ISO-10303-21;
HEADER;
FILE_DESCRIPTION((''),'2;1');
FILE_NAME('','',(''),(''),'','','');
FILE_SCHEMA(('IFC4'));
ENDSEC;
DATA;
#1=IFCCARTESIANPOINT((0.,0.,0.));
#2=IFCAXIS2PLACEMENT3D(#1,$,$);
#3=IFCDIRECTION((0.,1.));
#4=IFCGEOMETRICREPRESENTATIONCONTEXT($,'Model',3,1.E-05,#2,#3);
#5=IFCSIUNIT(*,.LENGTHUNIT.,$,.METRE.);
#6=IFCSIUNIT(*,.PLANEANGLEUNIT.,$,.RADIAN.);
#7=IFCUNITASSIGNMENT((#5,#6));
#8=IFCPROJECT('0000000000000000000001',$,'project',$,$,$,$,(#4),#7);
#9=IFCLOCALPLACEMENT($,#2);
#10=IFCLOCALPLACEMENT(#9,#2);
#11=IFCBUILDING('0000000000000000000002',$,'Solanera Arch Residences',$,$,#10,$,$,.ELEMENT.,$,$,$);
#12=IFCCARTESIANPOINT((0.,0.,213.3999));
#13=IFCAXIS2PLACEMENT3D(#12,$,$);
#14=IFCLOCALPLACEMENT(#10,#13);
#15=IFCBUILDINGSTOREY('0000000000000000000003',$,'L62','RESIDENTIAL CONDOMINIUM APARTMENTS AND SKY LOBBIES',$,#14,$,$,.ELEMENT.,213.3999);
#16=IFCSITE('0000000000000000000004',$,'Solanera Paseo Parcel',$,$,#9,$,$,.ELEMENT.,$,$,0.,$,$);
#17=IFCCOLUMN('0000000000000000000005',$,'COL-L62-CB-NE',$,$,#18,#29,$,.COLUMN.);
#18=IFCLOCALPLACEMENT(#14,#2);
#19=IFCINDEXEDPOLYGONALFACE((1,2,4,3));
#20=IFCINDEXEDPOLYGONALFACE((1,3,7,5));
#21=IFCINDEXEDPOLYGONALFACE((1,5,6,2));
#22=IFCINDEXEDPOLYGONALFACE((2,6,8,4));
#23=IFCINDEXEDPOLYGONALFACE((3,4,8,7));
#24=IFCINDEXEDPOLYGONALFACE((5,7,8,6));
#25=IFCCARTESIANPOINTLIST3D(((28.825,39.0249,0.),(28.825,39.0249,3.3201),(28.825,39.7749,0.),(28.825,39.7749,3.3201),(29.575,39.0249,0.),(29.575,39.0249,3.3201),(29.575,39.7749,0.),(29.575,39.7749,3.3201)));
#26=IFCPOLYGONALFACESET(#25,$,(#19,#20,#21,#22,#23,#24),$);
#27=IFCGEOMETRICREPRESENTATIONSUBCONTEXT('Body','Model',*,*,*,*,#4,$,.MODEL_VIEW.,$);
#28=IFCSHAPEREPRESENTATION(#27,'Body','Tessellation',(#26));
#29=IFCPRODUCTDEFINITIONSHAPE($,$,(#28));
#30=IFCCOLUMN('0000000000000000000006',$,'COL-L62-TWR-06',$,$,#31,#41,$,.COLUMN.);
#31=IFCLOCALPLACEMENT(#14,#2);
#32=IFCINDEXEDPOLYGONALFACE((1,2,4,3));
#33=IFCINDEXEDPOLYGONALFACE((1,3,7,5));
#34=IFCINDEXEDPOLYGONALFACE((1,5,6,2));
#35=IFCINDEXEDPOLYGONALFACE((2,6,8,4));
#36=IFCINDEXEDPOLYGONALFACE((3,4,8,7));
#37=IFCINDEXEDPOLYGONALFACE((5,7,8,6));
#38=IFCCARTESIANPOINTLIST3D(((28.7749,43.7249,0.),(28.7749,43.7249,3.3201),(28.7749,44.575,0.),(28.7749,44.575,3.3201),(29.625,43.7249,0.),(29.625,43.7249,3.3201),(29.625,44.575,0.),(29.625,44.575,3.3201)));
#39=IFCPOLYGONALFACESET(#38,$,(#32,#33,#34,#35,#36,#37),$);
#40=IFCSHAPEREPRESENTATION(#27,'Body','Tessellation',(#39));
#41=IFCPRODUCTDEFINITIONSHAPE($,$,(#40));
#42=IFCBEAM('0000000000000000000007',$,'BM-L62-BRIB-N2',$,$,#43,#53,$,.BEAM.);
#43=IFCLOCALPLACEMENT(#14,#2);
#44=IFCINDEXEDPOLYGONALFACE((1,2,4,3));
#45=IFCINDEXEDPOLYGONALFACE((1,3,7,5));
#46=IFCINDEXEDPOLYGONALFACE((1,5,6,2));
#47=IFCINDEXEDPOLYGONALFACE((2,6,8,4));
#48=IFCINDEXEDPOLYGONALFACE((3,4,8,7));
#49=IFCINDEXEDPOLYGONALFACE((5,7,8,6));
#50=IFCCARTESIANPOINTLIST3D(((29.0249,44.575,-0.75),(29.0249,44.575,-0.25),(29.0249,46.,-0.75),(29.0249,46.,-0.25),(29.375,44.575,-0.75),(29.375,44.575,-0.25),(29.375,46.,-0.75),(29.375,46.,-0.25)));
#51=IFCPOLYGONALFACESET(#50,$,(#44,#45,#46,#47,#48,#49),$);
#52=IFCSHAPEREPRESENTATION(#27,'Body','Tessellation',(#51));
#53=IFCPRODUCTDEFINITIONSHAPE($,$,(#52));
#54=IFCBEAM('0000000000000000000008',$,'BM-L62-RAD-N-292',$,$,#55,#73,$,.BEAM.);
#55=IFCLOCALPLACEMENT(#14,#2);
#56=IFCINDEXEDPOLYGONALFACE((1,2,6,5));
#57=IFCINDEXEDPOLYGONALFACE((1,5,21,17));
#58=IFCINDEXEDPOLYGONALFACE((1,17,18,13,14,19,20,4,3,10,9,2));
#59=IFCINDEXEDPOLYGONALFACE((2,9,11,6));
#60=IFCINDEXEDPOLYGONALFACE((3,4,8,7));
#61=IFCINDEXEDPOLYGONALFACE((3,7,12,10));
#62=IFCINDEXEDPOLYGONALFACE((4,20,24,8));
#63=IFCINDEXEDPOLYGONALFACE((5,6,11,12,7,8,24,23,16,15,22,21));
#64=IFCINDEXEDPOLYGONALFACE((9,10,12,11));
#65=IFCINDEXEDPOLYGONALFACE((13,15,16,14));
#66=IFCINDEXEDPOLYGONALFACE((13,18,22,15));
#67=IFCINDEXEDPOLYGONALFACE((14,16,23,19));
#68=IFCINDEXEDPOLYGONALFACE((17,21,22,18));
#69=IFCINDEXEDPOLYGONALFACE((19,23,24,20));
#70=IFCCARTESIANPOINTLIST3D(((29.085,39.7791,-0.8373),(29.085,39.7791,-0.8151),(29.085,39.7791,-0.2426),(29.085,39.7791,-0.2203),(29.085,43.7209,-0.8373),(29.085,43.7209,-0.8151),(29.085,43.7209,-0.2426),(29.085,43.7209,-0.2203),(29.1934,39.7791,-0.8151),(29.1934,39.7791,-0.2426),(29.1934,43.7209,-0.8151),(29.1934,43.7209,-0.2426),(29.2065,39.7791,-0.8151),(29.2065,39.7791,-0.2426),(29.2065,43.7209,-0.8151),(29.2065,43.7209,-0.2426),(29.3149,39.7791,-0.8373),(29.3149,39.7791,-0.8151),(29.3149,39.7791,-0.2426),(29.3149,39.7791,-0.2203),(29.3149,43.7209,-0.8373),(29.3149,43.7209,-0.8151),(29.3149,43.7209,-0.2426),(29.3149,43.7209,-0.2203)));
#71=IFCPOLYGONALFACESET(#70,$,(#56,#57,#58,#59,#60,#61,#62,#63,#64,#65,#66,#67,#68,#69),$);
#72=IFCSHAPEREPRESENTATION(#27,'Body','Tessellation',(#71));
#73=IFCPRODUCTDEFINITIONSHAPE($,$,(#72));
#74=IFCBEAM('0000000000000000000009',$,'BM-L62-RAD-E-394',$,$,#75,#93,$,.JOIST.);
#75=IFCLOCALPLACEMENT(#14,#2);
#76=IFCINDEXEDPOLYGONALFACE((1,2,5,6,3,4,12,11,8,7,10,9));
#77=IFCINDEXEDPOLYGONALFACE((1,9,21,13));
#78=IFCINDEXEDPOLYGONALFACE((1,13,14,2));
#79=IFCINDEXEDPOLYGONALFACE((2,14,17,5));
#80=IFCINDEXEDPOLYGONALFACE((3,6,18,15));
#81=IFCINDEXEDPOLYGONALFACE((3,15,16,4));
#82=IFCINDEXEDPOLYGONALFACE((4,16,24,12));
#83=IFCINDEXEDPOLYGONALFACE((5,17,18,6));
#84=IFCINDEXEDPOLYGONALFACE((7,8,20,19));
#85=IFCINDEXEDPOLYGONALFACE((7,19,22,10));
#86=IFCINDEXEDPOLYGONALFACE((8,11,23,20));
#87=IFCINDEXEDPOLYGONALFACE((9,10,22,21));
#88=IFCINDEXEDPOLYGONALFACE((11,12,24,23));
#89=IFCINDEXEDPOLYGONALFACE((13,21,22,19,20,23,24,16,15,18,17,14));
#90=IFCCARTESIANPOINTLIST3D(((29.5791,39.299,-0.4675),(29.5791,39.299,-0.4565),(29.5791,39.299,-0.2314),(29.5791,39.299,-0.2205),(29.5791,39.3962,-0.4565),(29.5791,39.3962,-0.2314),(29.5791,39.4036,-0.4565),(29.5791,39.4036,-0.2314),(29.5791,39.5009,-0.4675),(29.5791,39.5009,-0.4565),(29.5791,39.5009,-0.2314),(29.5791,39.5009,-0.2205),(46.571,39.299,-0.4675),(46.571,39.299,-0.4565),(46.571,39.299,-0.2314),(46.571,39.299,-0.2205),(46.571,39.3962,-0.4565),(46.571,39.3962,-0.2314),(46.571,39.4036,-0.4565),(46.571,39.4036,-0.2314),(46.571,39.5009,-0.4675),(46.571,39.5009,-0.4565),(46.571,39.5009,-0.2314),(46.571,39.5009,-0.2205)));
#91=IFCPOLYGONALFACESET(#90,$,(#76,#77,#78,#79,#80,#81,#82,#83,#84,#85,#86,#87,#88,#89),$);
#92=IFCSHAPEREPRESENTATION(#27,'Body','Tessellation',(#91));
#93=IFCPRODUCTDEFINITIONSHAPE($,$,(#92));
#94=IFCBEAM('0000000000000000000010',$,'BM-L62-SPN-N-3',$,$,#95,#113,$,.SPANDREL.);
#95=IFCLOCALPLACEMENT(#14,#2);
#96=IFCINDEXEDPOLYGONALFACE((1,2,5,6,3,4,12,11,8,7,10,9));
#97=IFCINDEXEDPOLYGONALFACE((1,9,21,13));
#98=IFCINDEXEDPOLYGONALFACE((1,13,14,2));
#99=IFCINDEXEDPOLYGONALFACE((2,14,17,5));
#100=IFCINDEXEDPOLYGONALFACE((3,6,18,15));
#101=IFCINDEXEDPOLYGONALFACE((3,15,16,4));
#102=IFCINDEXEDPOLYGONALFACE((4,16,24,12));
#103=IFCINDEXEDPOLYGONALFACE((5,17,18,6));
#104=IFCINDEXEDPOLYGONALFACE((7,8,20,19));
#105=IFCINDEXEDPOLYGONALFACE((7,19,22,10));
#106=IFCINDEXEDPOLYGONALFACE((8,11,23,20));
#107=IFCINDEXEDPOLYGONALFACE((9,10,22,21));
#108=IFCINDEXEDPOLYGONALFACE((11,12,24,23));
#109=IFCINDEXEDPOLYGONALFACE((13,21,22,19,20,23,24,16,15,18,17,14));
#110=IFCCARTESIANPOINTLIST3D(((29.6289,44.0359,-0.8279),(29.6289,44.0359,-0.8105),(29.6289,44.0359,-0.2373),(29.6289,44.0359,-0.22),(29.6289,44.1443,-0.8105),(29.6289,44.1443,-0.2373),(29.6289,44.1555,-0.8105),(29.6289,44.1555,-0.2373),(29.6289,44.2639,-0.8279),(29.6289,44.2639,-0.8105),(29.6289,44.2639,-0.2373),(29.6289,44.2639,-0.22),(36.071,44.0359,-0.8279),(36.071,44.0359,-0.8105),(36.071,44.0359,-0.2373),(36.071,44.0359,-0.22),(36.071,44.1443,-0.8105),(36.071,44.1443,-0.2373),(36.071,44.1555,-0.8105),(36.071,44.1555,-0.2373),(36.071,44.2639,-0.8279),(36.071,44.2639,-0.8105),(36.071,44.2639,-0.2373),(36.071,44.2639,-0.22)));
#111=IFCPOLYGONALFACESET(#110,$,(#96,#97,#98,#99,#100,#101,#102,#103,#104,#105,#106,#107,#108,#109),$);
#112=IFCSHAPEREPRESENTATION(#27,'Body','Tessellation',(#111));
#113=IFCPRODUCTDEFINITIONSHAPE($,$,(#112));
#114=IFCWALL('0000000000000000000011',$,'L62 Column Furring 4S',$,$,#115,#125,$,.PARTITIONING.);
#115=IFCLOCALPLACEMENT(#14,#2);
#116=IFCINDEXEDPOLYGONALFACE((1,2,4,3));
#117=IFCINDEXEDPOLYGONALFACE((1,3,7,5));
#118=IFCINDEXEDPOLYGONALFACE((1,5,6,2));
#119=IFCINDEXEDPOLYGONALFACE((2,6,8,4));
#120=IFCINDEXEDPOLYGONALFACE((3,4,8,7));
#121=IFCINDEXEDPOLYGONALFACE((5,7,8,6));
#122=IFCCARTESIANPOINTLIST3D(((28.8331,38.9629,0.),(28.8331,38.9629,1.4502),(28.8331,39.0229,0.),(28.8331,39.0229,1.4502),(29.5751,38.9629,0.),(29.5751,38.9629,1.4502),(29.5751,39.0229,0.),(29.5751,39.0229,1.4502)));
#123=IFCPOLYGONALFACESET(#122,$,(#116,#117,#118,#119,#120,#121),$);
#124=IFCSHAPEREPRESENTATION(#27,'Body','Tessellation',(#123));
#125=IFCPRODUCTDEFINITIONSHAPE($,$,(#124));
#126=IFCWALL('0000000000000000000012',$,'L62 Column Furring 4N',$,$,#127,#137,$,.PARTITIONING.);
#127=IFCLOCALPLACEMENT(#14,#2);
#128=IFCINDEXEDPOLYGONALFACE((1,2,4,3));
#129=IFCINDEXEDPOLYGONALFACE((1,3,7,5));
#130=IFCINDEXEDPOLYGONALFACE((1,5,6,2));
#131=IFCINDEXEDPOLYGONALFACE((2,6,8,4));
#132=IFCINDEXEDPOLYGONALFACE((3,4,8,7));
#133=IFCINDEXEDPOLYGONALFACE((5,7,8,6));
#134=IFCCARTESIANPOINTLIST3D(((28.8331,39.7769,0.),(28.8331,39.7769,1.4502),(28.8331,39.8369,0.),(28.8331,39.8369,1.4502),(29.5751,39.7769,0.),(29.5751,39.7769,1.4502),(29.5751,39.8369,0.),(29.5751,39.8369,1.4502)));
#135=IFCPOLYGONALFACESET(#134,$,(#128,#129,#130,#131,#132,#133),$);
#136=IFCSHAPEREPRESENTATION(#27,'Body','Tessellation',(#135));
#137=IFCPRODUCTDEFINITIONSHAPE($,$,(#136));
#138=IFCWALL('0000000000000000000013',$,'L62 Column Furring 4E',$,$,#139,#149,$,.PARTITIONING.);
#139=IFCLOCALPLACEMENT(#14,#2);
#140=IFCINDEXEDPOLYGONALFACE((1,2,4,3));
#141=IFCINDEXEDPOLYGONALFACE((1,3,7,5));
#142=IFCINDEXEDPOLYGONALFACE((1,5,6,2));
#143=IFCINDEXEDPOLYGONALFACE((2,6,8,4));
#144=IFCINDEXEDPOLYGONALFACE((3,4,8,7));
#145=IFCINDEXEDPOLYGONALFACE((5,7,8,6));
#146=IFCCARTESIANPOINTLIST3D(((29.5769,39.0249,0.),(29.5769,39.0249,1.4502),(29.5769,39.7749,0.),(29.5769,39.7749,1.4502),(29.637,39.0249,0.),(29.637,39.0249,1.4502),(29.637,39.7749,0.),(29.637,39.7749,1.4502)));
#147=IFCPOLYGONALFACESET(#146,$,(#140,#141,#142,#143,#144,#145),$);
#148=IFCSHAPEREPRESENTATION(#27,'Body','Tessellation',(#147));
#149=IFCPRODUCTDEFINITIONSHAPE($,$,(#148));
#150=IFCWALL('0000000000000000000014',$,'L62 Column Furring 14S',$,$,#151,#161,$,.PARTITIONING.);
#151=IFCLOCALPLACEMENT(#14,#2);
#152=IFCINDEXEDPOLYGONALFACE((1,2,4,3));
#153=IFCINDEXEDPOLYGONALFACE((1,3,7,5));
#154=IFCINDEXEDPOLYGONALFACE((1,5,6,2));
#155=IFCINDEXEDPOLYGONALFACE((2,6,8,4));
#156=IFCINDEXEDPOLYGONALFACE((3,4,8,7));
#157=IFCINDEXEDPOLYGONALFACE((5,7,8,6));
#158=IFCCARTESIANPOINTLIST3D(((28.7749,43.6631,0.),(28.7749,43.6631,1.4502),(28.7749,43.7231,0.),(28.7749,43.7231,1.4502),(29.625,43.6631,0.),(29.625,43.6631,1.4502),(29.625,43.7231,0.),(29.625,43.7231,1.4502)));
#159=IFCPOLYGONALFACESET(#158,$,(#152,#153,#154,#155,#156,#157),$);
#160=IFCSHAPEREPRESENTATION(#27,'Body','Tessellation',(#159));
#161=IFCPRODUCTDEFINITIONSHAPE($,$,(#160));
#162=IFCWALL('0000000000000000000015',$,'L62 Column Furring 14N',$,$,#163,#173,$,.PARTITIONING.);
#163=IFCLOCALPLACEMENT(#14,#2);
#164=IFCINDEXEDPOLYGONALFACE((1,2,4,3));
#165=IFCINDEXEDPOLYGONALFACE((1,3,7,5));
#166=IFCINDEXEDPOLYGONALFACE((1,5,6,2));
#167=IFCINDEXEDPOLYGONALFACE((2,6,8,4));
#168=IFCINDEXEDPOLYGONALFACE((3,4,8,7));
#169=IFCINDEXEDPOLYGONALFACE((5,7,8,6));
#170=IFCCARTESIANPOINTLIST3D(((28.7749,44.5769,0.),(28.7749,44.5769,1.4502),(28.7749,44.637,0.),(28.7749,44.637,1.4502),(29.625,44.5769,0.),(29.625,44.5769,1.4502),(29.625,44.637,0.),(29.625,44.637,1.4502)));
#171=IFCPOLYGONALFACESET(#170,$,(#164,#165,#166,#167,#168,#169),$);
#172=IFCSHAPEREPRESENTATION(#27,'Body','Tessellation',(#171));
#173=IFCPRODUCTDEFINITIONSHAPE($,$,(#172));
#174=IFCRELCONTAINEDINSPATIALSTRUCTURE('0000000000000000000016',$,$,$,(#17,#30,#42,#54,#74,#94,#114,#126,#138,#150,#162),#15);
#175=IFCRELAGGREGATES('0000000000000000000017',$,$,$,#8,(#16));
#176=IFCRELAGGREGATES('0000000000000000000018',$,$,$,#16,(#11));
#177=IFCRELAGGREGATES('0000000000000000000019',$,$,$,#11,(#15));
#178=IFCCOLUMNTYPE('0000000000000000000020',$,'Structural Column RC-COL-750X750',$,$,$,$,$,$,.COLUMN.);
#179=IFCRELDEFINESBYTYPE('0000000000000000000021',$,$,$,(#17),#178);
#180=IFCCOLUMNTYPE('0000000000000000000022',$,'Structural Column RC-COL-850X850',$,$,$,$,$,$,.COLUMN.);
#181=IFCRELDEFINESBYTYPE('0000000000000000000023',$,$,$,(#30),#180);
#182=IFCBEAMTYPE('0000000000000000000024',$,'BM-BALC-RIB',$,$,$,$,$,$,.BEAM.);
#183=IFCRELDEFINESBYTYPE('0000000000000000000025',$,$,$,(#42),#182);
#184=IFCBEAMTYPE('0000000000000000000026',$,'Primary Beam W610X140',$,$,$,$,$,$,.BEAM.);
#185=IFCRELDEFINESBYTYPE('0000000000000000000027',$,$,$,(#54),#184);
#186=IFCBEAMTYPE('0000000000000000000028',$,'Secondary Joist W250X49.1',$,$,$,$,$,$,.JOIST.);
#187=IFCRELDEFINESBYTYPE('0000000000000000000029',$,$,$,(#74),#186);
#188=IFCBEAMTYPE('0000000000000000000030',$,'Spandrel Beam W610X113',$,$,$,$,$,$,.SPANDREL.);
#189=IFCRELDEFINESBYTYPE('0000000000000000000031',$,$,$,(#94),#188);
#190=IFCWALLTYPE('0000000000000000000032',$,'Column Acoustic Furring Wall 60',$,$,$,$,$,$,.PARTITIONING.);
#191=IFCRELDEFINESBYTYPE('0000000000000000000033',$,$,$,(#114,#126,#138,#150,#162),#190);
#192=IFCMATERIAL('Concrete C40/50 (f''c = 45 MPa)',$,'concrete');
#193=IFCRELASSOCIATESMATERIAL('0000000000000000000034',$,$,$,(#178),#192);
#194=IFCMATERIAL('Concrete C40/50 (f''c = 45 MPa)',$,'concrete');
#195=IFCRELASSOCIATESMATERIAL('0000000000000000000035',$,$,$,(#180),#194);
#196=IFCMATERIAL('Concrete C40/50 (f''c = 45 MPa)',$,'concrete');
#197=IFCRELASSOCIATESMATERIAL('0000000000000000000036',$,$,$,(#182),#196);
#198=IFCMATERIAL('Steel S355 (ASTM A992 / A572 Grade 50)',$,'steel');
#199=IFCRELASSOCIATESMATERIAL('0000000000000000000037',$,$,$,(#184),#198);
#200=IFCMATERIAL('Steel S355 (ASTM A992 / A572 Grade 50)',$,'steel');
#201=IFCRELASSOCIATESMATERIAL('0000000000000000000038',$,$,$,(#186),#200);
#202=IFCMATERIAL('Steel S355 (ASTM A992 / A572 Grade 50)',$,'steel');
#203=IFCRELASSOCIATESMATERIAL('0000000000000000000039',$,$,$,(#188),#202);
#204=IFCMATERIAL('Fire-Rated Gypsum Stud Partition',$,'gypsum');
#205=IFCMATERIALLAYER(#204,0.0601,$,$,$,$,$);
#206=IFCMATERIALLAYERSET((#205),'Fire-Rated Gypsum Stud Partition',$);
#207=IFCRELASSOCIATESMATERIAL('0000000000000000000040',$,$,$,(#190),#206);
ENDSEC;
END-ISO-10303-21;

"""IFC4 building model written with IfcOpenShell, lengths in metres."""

from ifc_helpers import new_model, si_unit, direction, frame, frame_2d, origin, origin_2d, place, context, subcontext, project, spatial, rectangle, i_section, extrude, material, layer, layer_set, material_profile, profile_set, type_object, element, save


model = new_model("IFC4")

# Units and contexts
model_context = context("Model", 3, precision=1e-05, world=origin(), true_north=direction((0.0, 1.0)))
body_context = subcontext(model_context, "Body", "Model", "MODEL_VIEW")
ifc_project = project(units=[si_unit("LENGTHUNIT", "METRE"), si_unit("PLANEANGLEUNIT", "RADIAN")], contexts=[model_context])

# Site, building, storey
site_placement = place(None, origin())
site = spatial("IfcSite", under=ifc_project, at=site_placement, Name="Solanera Paseo Parcel", CompositionType="ELEMENT", RefElevation=0.0)
building_placement = place(site_placement, origin())
building = spatial("IfcBuilding", under=site, at=building_placement, Name="Solanera Arch Residences", CompositionType="ELEMENT")
storey_placement = place(building_placement, frame((0.0, 0.0, 213.3999)))
storey = spatial("IfcBuildingStorey", under=building, at=storey_placement, Name="L62", Description="RESIDENTIAL CONDOMINIUM APARTMENTS AND SKY LOBBIES", CompositionType="ELEMENT", Elevation=213.3999)

# Columns
ifc_material_1 = material(Name="Concrete C40/50 (f'c = 45 MPa)", Category="concrete")
ifc_material_profile_1 = material_profile(ifc_material_1, rectangle(XDim=0.75, YDim=0.75, at=origin_2d()))
ifc_profile_set_1 = profile_set([ifc_material_profile_1], Name="Concrete C40/50 (f'c = 45 MPa)")
column_type_1 = type_object("IfcColumnType", Name="Structural Column RC-COL-750X750", PredefinedType="COLUMN", material=ifc_profile_set_1)
column_1_placement = place(storey_placement, frame((29.2, 39.3999, 0.0), z_axis=(0.0, 0.0, 1.0), x_axis=(1.0, 0.0, 0.0)))
element("IfcColumn", 1, at=column_1_placement, inside=storey, type_object=column_type_1, Name="COL-L62-CB-NE", PredefinedType="COLUMN", context=body_context, shape_type="SweptSolid", body=[
    extrude(rectangle(XDim=0.75, YDim=0.75, at=origin_2d()), origin(), (0.0, 0.0, 1.0), 3.3201),
])
ifc_material_2 = material(Name="Concrete C40/50 (f'c = 45 MPa)", Category="concrete")
ifc_material_profile_2 = material_profile(ifc_material_2, rectangle(XDim=0.8501, YDim=0.8501, at=origin_2d()))
ifc_profile_set_2 = profile_set([ifc_material_profile_2], Name="Concrete C40/50 (f'c = 45 MPa)")
column_type_2 = type_object("IfcColumnType", Name="Structural Column RC-COL-850X850", PredefinedType="COLUMN", material=ifc_profile_set_2)
column_2_placement = place(storey_placement, frame((29.2, 44.1499, 0.0), z_axis=(0.0, 0.0, 1.0), x_axis=(1.0, 0.0, 0.0)))
element("IfcColumn", 2, at=column_2_placement, inside=storey, type_object=column_type_2, Name="COL-L62-TWR-06", PredefinedType="COLUMN", context=body_context, shape_type="SweptSolid", body=[
    extrude(rectangle(XDim=0.8501, YDim=0.8501, at=origin_2d()), origin(), (0.0, 0.0, 1.0), 3.3201),
])

# Beams
ifc_material_3 = material(Name="Concrete C40/50 (f'c = 45 MPa)", Category="concrete")
ifc_material_profile_3 = material_profile(ifc_material_3, rectangle(XDim=0.3501, YDim=0.5, at=origin_2d()))
ifc_profile_set_3 = profile_set([ifc_material_profile_3], Name="Concrete C40/50 (f'c = 45 MPa)")
beam_type_1 = type_object("IfcBeamType", Name="BM-BALC-RIB", PredefinedType="BEAM", material=ifc_profile_set_3)
beam_1_placement = place(storey_placement, frame((29.2, 44.575, -0.5), z_axis=(0.0, 1.0, 0.0), x_axis=(-1.0, 0.0, 0.0)))
element("IfcBeam", 3, at=beam_1_placement, inside=storey, type_object=beam_type_1, Name="BM-L62-BRIB-N2", PredefinedType="BEAM", context=body_context, shape_type="SweptSolid", body=[
    extrude(rectangle(XDim=0.3501, YDim=0.5, at=origin_2d()), origin(), (0.0, 0.0, 1.0), 1.425),
])
ifc_material_4 = material(Name="Steel S355 (ASTM A992 / A572 Grade 50)", Category="steel")
ifc_material_profile_4 = material_profile(ifc_material_4, i_section(OverallWidth=0.23, OverallDepth=0.6169, WebThickness=0.0132, FlangeThickness=0.0222, at=origin_2d()))
ifc_profile_set_4 = profile_set([ifc_material_profile_4], Name="Steel S355 (ASTM A992 / A572 Grade 50)")
beam_type_2 = type_object("IfcBeamType", Name="Primary Beam W610X140", PredefinedType="BEAM", material=ifc_profile_set_4)
beam_2_placement = place(storey_placement, frame((29.2, 39.7791, -0.5288), z_axis=(0.0, 1.0, 0.0), x_axis=(-1.0, 0.0, 0.0)))
element("IfcBeam", 4, at=beam_2_placement, inside=storey, type_object=beam_type_2, Name="BM-L62-RAD-N-292", PredefinedType="BEAM", context=body_context, shape_type="SweptSolid", body=[
    extrude(i_section(OverallWidth=0.23, OverallDepth=0.6169, WebThickness=0.0132, FlangeThickness=0.0222, at=origin_2d()), origin(), (0.0, 0.0, 1.0), 3.9419),
])
ifc_material_5 = material(Name="Steel S355 (ASTM A992 / A572 Grade 50)", Category="steel")
ifc_material_profile_5 = material_profile(ifc_material_5, i_section(OverallWidth=0.2019, OverallDepth=0.2471, WebThickness=0.0073, FlangeThickness=0.011, at=origin_2d()))
ifc_profile_set_5 = profile_set([ifc_material_profile_5], Name="Steel S355 (ASTM A992 / A572 Grade 50)")
beam_type_3 = type_object("IfcBeamType", Name="Secondary Joist W250X49.1", PredefinedType="JOIST", material=ifc_profile_set_5)
beam_3_placement = place(storey_placement, frame((29.5791, 39.3999, -0.344), z_axis=(1.0, 0.0, 0.0), x_axis=(0.0, 1.0, 0.0)))
element("IfcBeam", 5, at=beam_3_placement, inside=storey, type_object=beam_type_3, Name="BM-L62-RAD-E-394", PredefinedType="JOIST", context=body_context, shape_type="SweptSolid", body=[
    extrude(i_section(OverallWidth=0.2019, OverallDepth=0.2471, WebThickness=0.0073, FlangeThickness=0.011, at=origin_2d()), origin(), (0.0, 0.0, 1.0), 16.9919),
])
ifc_material_6 = material(Name="Steel S355 (ASTM A992 / A572 Grade 50)", Category="steel")
ifc_material_profile_6 = material_profile(ifc_material_6, i_section(OverallWidth=0.228, OverallDepth=0.6079, WebThickness=0.0112, FlangeThickness=0.0173, at=origin_2d()))
ifc_profile_set_6 = profile_set([ifc_material_profile_6], Name="Steel S355 (ASTM A992 / A572 Grade 50)")
beam_type_4 = type_object("IfcBeamType", Name="Spandrel Beam W610X113", PredefinedType="SPANDREL", material=ifc_profile_set_6)
beam_4_placement = place(storey_placement, frame((29.6289, 44.1499, -0.5239), z_axis=(1.0, 0.0, 0.0), x_axis=(0.0, 1.0, 0.0)))
element("IfcBeam", 6, at=beam_4_placement, inside=storey, type_object=beam_type_4, Name="BM-L62-SPN-N-3", PredefinedType="SPANDREL", context=body_context, shape_type="SweptSolid", body=[
    extrude(i_section(OverallWidth=0.228, OverallDepth=0.6079, WebThickness=0.0112, FlangeThickness=0.0173, at=origin_2d()), origin(), (0.0, 0.0, 1.0), 6.4421),
])

# Walls
ifc_material_7 = material(Name="Fire-Rated Gypsum Stud Partition", Category="gypsum")
ifc_layer_1 = layer(ifc_material_7, 0.0601)
ifc_layer_set_1 = layer_set([ifc_layer_1], Name="Fire-Rated Gypsum Stud Partition")
wall_type_1 = type_object("IfcWallType", Name="Column Acoustic Furring Wall 60", PredefinedType="PARTITIONING", material=ifc_layer_set_1)
for number, where, z_axis, x_axis, name in (
    (7, (28.833, 38.9929, 0.0), (0.0, 0.0, 1.0), (1.0, 0.0, 0.0), "L62 Column Furring 4S"),
    (8, (28.833, 39.8069, 0.0), (0.0, 0.0, 1.0), (1.0, 0.0, 0.0), "L62 Column Furring 4N"),
):
    element("IfcWall", number, at=place(storey_placement, frame(where, z_axis=z_axis, x_axis=x_axis)), inside=storey, type_object=wall_type_1, Name=name, PredefinedType="PARTITIONING", context=body_context, shape_type="SweptSolid", body=[
        extrude(rectangle(XDim=0.7419, YDim=0.0601, at=frame_2d((0.3711, 0.0))), origin(), (0.0, 0.0, 1.0), 1.4502),
    ])
wall_1_placement = place(storey_placement, frame((29.6069, 39.0249, 0.0), z_axis=(0.0, 0.0, 1.0), x_axis=(0.0, 1.0, 0.0)))
element("IfcWall", 9, at=wall_1_placement, inside=storey, type_object=wall_type_1, Name="L62 Column Furring 4E", PredefinedType="PARTITIONING", context=body_context, shape_type="SweptSolid", body=[
    extrude(rectangle(XDim=0.75, YDim=0.0601, at=frame_2d((0.375, 0.0))), origin(), (0.0, 0.0, 1.0), 1.4502),
])
for number, where, z_axis, x_axis, name in (
    (10, (28.7749, 43.6931, 0.0), (0.0, 0.0, 1.0), (1.0, 0.0, 0.0), "L62 Column Furring 14S"),
    (11, (28.7749, 44.6069, 0.0), (0.0, 0.0, 1.0), (1.0, 0.0, 0.0), "L62 Column Furring 14N"),
):
    element("IfcWall", number, at=place(storey_placement, frame(where, z_axis=z_axis, x_axis=x_axis)), inside=storey, type_object=wall_type_1, Name=name, PredefinedType="PARTITIONING", context=body_context, shape_type="SweptSolid", body=[
        extrude(rectangle(XDim=0.8501, YDim=0.0601, at=frame_2d((0.425, 0.0))), origin(), (0.0, 0.0, 1.0), 1.4502),
    ])

save(model, "model.ifc")
